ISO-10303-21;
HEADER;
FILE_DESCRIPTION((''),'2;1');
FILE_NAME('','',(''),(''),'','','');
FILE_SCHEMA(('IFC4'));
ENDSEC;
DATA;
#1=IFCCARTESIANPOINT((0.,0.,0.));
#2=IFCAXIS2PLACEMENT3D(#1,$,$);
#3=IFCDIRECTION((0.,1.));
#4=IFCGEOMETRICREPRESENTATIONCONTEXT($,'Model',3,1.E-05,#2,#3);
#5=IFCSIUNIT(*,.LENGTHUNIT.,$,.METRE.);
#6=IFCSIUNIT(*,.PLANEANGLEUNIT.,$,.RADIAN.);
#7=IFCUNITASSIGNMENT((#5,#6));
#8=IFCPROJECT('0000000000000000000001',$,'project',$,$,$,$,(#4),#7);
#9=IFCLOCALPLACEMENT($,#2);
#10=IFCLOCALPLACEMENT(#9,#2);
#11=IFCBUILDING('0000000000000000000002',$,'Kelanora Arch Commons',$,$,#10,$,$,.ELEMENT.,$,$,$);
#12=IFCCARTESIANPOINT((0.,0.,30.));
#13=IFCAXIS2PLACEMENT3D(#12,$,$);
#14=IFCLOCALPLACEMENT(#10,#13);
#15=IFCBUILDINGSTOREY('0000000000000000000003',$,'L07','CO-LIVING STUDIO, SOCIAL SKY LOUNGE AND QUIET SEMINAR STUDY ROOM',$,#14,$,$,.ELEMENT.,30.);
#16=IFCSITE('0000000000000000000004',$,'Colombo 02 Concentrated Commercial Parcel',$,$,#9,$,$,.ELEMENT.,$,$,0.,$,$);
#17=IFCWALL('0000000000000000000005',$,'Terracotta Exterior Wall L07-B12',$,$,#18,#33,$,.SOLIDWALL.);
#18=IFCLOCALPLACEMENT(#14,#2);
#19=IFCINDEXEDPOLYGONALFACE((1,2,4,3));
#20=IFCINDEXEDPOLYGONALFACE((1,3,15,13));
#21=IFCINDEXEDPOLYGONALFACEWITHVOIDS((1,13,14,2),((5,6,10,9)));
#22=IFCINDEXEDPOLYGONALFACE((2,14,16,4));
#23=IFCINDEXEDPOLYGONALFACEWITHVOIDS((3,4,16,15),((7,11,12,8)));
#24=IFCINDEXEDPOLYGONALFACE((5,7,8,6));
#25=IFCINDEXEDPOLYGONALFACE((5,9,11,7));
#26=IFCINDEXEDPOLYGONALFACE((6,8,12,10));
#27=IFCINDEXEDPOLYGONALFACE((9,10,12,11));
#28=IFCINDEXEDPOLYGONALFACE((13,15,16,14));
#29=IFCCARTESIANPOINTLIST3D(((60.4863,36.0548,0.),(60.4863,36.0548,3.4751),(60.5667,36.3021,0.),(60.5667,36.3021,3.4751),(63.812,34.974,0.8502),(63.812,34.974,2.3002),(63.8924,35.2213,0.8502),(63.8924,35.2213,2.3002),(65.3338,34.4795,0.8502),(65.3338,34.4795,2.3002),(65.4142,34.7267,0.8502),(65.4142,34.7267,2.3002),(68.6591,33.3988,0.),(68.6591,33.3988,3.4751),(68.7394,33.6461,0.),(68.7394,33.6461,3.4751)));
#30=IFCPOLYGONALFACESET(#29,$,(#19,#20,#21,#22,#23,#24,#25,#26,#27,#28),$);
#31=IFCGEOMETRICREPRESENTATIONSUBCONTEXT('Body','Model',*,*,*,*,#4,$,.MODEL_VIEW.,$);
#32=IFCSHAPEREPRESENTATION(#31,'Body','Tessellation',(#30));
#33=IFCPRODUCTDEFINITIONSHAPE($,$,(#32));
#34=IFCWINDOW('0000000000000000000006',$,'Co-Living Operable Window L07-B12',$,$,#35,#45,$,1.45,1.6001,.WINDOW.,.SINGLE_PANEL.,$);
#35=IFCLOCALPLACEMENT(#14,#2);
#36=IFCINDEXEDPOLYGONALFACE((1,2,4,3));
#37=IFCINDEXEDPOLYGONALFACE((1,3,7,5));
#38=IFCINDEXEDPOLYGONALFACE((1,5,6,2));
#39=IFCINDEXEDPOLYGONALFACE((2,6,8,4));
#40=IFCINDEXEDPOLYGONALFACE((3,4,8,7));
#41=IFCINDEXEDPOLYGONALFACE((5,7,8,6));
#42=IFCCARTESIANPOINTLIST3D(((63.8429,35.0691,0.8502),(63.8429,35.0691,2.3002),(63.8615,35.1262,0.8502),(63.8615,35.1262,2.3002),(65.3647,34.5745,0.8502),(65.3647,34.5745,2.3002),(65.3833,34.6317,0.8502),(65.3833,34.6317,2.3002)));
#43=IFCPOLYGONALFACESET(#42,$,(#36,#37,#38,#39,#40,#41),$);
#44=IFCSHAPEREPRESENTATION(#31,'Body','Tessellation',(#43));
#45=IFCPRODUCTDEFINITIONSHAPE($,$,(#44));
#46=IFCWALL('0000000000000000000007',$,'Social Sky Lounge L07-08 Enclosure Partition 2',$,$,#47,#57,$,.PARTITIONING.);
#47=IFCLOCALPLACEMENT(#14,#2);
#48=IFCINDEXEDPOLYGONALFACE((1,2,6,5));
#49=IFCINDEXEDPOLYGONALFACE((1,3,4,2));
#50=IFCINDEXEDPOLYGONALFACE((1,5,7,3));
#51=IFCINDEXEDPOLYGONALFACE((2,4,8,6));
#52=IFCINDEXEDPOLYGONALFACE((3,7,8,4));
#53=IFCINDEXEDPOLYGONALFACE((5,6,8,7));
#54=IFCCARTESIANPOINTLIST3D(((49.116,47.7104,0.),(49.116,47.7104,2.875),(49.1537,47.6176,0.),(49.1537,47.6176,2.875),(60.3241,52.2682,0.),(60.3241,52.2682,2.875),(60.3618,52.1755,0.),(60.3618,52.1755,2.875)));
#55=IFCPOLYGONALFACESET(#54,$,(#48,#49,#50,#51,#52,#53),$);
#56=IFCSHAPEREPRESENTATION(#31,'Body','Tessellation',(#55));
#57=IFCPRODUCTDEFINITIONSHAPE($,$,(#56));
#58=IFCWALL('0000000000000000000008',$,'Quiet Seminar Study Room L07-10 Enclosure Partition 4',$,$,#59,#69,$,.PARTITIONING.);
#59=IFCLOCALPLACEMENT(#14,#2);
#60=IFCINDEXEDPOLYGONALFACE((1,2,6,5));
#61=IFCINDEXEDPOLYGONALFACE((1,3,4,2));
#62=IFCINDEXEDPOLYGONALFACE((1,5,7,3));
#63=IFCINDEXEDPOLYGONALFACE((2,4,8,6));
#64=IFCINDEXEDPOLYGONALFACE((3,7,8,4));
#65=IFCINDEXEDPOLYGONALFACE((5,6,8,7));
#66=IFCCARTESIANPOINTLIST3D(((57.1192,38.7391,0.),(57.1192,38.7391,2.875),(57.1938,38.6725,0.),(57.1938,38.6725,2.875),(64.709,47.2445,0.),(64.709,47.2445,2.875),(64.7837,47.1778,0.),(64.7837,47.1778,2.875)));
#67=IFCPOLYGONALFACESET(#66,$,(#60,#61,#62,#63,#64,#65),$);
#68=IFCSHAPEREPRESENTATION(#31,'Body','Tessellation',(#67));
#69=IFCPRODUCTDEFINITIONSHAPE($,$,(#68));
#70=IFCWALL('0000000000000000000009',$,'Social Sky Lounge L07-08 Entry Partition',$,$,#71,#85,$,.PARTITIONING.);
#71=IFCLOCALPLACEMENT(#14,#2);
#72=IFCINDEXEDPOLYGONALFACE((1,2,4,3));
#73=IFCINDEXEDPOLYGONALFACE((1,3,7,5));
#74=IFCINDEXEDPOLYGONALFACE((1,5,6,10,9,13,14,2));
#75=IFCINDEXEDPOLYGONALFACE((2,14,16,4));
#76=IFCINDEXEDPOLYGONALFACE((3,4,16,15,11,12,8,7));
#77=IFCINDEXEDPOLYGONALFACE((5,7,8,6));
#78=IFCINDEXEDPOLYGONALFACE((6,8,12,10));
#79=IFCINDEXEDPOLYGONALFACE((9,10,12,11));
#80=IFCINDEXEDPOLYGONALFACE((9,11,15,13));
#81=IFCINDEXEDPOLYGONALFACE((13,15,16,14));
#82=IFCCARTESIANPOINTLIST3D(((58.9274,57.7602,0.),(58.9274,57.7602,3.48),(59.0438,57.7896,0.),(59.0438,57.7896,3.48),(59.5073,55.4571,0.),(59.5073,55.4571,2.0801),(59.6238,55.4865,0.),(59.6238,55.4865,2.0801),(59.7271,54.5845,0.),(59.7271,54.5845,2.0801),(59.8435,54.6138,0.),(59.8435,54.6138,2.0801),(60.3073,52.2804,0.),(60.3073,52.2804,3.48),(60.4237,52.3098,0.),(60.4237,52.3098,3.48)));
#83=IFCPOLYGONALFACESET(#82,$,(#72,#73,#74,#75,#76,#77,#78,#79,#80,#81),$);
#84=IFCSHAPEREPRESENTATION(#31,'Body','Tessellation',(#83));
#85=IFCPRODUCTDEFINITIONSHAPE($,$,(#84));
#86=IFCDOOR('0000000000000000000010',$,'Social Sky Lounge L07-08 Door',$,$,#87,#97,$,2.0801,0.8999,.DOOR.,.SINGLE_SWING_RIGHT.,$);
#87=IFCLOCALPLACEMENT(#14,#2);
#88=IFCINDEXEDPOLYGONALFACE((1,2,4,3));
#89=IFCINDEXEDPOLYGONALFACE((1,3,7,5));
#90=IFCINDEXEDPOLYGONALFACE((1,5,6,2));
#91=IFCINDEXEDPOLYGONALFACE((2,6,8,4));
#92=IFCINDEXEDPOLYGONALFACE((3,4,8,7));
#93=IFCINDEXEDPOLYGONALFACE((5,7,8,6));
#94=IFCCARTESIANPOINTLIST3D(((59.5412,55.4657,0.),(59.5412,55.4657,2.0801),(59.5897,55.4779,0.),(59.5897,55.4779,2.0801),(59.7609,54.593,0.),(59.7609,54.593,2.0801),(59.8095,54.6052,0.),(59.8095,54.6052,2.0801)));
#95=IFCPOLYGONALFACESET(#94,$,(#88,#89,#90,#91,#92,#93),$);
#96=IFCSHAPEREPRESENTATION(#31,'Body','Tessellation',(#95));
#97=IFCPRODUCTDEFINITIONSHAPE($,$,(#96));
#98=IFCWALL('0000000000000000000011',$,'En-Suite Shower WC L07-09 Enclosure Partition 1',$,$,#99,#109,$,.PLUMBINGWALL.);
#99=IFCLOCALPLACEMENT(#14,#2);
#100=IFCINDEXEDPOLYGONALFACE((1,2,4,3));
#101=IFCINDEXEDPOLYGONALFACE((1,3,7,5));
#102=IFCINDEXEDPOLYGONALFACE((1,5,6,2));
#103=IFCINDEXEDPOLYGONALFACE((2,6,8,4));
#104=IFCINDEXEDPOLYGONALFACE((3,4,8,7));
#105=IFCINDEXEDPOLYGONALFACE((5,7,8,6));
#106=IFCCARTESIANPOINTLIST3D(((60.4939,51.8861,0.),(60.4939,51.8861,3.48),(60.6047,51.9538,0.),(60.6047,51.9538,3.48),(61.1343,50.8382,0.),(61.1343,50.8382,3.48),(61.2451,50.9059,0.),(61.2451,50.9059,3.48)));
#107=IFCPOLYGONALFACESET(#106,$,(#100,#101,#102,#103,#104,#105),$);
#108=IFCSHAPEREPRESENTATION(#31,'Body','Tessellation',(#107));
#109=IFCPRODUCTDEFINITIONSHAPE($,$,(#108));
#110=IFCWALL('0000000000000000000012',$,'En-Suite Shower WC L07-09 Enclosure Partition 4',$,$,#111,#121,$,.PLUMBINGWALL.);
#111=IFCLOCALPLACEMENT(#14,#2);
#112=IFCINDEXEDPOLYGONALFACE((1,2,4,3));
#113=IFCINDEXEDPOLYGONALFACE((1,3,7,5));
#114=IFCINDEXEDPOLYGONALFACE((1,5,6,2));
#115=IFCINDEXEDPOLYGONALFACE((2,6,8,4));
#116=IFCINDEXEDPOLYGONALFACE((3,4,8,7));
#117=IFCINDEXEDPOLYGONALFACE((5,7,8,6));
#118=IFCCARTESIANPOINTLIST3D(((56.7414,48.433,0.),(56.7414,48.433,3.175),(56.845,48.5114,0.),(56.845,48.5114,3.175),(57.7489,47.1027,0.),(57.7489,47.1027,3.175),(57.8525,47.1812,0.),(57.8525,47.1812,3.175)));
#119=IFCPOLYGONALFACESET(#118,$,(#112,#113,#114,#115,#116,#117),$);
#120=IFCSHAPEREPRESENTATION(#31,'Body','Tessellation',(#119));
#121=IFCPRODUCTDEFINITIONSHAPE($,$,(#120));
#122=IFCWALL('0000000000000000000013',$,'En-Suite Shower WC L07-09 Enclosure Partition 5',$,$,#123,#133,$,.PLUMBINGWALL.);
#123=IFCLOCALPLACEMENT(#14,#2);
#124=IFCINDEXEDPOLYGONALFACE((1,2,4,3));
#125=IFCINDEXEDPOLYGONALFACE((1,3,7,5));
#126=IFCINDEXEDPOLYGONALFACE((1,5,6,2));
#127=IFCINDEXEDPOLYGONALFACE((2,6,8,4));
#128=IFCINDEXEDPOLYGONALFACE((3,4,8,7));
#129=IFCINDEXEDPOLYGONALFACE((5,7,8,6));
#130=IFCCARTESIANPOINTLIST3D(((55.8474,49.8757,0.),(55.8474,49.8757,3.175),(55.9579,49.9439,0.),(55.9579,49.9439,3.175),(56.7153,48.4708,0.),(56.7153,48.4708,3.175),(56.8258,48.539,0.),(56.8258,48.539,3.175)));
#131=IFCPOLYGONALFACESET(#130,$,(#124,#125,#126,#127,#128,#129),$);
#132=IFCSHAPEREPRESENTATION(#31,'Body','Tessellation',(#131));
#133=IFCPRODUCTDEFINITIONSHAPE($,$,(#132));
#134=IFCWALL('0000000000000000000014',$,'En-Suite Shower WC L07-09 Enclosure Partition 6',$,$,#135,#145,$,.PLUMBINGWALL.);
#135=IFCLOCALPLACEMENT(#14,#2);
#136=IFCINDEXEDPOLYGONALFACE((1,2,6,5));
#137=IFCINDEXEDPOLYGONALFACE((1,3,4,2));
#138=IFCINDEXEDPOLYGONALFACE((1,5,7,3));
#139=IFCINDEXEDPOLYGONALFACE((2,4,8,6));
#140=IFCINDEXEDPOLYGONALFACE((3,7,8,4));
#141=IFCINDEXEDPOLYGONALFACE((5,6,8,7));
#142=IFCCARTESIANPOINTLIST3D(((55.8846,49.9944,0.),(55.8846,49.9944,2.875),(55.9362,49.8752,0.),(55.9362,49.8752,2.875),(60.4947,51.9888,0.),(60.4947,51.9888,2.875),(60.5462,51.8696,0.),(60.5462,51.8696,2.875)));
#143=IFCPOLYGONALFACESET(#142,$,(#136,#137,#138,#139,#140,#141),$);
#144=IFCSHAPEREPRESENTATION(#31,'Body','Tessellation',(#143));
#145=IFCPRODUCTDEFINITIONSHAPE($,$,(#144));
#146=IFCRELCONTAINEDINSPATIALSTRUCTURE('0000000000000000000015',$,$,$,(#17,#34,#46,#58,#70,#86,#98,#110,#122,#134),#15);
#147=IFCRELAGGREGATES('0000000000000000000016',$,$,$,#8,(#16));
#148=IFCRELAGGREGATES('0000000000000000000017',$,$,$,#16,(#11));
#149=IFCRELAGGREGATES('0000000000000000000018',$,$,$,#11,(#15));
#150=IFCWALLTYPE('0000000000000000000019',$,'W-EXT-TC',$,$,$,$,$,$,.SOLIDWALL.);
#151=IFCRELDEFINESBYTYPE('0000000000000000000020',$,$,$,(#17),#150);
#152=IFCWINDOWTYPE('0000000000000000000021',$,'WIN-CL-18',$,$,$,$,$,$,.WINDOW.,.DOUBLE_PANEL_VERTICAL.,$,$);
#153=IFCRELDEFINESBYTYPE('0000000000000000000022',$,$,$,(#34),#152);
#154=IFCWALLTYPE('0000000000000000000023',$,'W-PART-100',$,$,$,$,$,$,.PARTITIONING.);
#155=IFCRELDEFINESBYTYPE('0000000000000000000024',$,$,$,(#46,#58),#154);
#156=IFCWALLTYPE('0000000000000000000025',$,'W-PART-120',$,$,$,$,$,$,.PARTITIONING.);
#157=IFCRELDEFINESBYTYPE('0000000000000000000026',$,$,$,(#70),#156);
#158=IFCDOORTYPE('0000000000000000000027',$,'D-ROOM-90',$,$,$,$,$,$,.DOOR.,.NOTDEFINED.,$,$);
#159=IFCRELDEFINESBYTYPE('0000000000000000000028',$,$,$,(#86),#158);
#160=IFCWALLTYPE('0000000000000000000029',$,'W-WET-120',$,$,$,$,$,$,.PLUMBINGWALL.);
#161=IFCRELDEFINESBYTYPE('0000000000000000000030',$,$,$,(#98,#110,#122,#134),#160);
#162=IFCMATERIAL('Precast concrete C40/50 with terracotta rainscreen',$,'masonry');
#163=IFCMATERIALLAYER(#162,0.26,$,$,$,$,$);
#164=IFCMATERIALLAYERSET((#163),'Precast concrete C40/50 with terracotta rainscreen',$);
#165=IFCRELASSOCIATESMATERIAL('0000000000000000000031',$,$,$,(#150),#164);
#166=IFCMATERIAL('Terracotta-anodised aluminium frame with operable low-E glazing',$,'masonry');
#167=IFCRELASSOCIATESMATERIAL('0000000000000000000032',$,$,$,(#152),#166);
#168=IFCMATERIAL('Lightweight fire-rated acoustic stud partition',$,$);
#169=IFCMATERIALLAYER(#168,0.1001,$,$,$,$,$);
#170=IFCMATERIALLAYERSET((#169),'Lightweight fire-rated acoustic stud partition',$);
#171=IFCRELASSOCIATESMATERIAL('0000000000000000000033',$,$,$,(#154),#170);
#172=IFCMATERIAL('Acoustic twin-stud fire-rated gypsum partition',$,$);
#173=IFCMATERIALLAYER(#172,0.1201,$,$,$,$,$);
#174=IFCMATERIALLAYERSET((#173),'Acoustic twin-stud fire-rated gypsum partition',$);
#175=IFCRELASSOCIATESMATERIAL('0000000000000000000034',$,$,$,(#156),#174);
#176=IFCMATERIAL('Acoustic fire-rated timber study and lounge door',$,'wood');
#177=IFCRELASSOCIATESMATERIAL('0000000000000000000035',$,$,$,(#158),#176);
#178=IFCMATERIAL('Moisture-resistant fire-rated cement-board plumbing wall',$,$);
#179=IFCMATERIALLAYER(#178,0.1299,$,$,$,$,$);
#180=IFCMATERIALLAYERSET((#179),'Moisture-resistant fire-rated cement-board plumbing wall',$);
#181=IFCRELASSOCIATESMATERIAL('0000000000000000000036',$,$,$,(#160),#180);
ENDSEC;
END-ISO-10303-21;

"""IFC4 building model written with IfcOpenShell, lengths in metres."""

from ifc_helpers import new_model, si_unit, direction, frame, frame_2d, origin, place, context, subcontext, project, spatial, rectangle, extrude, material, layer, layer_set, type_object, element, fill, save


model = new_model("IFC4")

# Units and contexts
model_context = context("Model", 3, precision=1e-05, world=origin(), true_north=direction((0.0, 1.0)))
body_context = subcontext(model_context, "Body", "Model", "MODEL_VIEW")
ifc_project = project(units=[si_unit("LENGTHUNIT", "METRE"), si_unit("PLANEANGLEUNIT", "RADIAN")], contexts=[model_context])

# Site, building, storey
site_placement = place(None, origin())
site = spatial("IfcSite", under=ifc_project, at=site_placement, Name="Colombo 02 Concentrated Commercial Parcel", CompositionType="ELEMENT", RefElevation=0.0)
building_placement = place(site_placement, origin())
building = spatial("IfcBuilding", under=site, at=building_placement, Name="Kelanora Arch Commons", CompositionType="ELEMENT")
storey_placement = place(building_placement, frame((0.0, 0.0, 30.0)))
storey = spatial("IfcBuildingStorey", under=building, at=storey_placement, Name="L07", Description="CO-LIVING STUDIO, SOCIAL SKY LOUNGE AND QUIET SEMINAR STUDY ROOM", CompositionType="ELEMENT", Elevation=30.0)

# Wall, opening, window
ifc_material_1 = material(Name="Precast concrete C40/50 with terracotta rainscreen", Category="masonry")
ifc_layer_1 = layer(ifc_material_1, 0.26)
ifc_layer_set_1 = layer_set([ifc_layer_1], Name="Precast concrete C40/50 with terracotta rainscreen")
wall_type_1 = type_object("IfcWallType", Name="W-EXT-TC", PredefinedType="SOLIDWALL", material=ifc_layer_set_1)
ifc_material_2 = material(Name="Terracotta-anodised aluminium frame with operable low-E glazing", Category="masonry")
window_type = type_object("IfcWindowType", Name="WIN-CL-18", PartitioningType="DOUBLE_PANEL_VERTICAL", PredefinedType="WINDOW", material=ifc_material_2)
wall_1_placement = place(storey_placement, frame((60.5264, 36.1785, 0.0), z_axis=(0.0, 0.0, 1.0), x_axis=(0.95104, -0.309068, 0.0)))
wall_1 = element("IfcWall", 1, at=wall_1_placement, inside=storey, type_object=wall_type_1, Name="Terracotta Exterior Wall L07-B12", PredefinedType="SOLIDWALL", context=body_context, shape_type="SweptSolid", body=[
    extrude(rectangle(XDim=8.5935, YDim=0.26, at=frame_2d((4.2969, 0.0))), origin(), (0.0, 0.0, 1.0), 3.4751),
])
opening_1_placement = place(wall_1_placement, frame((3.4971, 0.0, 0.8501)))
opening_1 = element("IfcOpeningElement", 2, at=opening_1_placement, cuts=wall_1, PredefinedType="OPENING", context=body_context, shape_type="SweptSolid", body=[
    extrude(rectangle(XDim=1.6001, YDim=1.45, at=frame_2d((0.8, 0.7251))), frame((0.0, 0.1401, 0.0), z_axis=(0.0, -1.0, 0.0), x_axis=(1.0, 0.0, 0.0)), (0.0, 0.0, 1.0), 0.28),
])
window_1_placement = place(opening_1_placement, origin())
window_1 = element("IfcWindow", 3, at=window_1_placement, inside=storey, type_object=window_type, Name="Co-Living Operable Window L07-B12", OverallHeight=1.45, OverallWidth=1.6001, PartitioningType="SINGLE_PANEL", PredefinedType="WINDOW", context=body_context, shape_type="SweptSolid", body=[
    extrude(rectangle(XDim=1.6001, YDim=1.45, at=frame_2d((0.8, 0.7251))), frame((0.0, 0.03, 0.0), z_axis=(0.0, -1.0, 0.0), x_axis=(1.0, 0.0, 0.0)), (0.0, 0.0, 1.0), 0.0601),
])
fill(opening_1, window_1)

# Walls
ifc_material_3 = material(Name="Lightweight fire-rated acoustic stud partition")
ifc_layer_2 = layer(ifc_material_3, 0.1001)
ifc_layer_set_2 = layer_set([ifc_layer_2], Name="Lightweight fire-rated acoustic stud partition")
wall_type_2 = type_object("IfcWallType", Name="W-PART-100", PredefinedType="PARTITIONING", material=ifc_layer_set_2)
wall_2_placement = place(storey_placement, frame((60.343, 52.2219, 0.0), z_axis=(0.0, 0.0, 1.0), x_axis=(-0.926334, -0.376704, 0.0)))
element("IfcWall", 4, at=wall_2_placement, inside=storey, type_object=wall_type_2, Name="Social Sky Lounge L07-08 Enclosure Partition 2", PredefinedType="PARTITIONING", context=body_context, shape_type="SweptSolid", body=[
    extrude(rectangle(XDim=12.0994, YDim=0.1001, at=frame_2d((6.0498, 0.0))), origin(), (0.0, 0.0, 1.0), 2.875),
])
wall_3_placement = place(storey_placement, frame((57.1565, 38.7058, 0.0), z_axis=(0.0, 0.0, 1.0), x_axis=(0.665809, 0.746122, 0.0)))
element("IfcWall", 5, at=wall_3_placement, inside=storey, type_object=wall_type_2, Name="Quiet Seminar Study Room L07-10 Enclosure Partition 4", PredefinedType="PARTITIONING", context=body_context, shape_type="SweptSolid", body=[
    extrude(rectangle(XDim=11.3994, YDim=0.1001, at=frame_2d((5.6997, 0.0))), origin(), (0.0, 0.0, 1.0), 2.875),
])

# Wall, opening, door
ifc_material_4 = material(Name="Acoustic twin-stud fire-rated gypsum partition")
ifc_layer_3 = layer(ifc_material_4, 0.1201)
ifc_layer_set_3 = layer_set([ifc_layer_3], Name="Acoustic twin-stud fire-rated gypsum partition")
wall_type_3 = type_object("IfcWallType", Name="W-PART-120", PredefinedType="PARTITIONING", material=ifc_layer_set_3)
wall_4_placement = place(storey_placement, frame((58.9856, 57.7749, 0.0), z_axis=(0.0, 0.0, 1.0), x_axis=(0.244192, -0.969727, 0.0)))
wall_4 = element("IfcWall", 6, at=wall_4_placement, inside=storey, type_object=wall_type_3, Name="Social Sky Lounge L07-08 Entry Partition", PredefinedType="PARTITIONING", context=body_context, shape_type="SweptSolid", body=[
    extrude(rectangle(XDim=5.6509, YDim=0.1201, at=frame_2d((2.8254, 0.0))), origin(), (0.0, 0.0, 1.0), 3.48),
])
opening_2_placement = place(wall_4_placement, frame((2.375, 0.0, 0.0)))
opening_2 = element("IfcOpeningElement", 7, at=opening_2_placement, cuts=wall_4, PredefinedType="OPENING", context=body_context, shape_type="SweptSolid", body=[
    extrude(rectangle(XDim=0.8999, YDim=2.0801, at=frame_2d((0.45, 1.04))), frame((0.0, 0.0701, 0.0), z_axis=(0.0, -1.0, 0.0), x_axis=(1.0, 0.0, 0.0)), (0.0, 0.0, 1.0), 0.1401),
])
ifc_material_5 = material(Name="Acoustic fire-rated timber study and lounge door", Category="wood")
door_type = type_object("IfcDoorType", Name="D-ROOM-90", OperationType="NOTDEFINED", PredefinedType="DOOR", material=ifc_material_5)
door_placement = place(opening_2_placement, origin())
door = element("IfcDoor", 8, at=door_placement, inside=storey, type_object=door_type, Name="Social Sky Lounge L07-08 Door", OperationType="SINGLE_SWING_RIGHT", OverallHeight=2.0801, OverallWidth=0.8999, PredefinedType="DOOR", context=body_context, shape_type="SweptSolid", body=[
    extrude(rectangle(XDim=0.8999, YDim=2.0801, at=frame_2d((0.45, 1.04))), frame((0.0, 0.0249, 0.0), z_axis=(0.0, -1.0, 0.0), x_axis=(1.0, 0.0, 0.0)), (0.0, 0.0, 1.0), 0.05),
])
fill(opening_2, door)

# Walls
ifc_material_6 = material(Name="Moisture-resistant fire-rated cement-board plumbing wall")
ifc_layer_4 = layer(ifc_material_6, 0.1299)
ifc_layer_set_4 = layer_set([ifc_layer_4], Name="Moisture-resistant fire-rated cement-board plumbing wall")
wall_type_4 = type_object("IfcWallType", Name="W-WET-120", PredefinedType="PLUMBINGWALL", material=ifc_layer_set_4)
wall_5_placement = place(storey_placement, frame((60.5493, 51.9199, 0.0), z_axis=(0.0, 0.0, 1.0), x_axis=(0.521466, -0.853272, 0.0)))
element("IfcWall", 9, at=wall_5_placement, inside=storey, type_object=wall_type_4, Name="En-Suite Shower WC L07-09 Enclosure Partition 1", PredefinedType="PLUMBINGWALL", context=body_context, shape_type="SweptSolid", body=[
    extrude(rectangle(XDim=1.228, YDim=0.1299, at=frame_2d((0.614, 0.0))), origin(), (0.0, 0.0, 1.0), 3.48),
])
wall_6_placement = place(storey_placement, frame((57.8008, 47.1418, 0.0), z_axis=(0.0, 0.0, 1.0), x_axis=(-0.603762, 0.797165, 0.0)))
element("IfcWall", 10, at=wall_6_placement, inside=storey, type_object=wall_type_4, Name="En-Suite Shower WC L07-09 Enclosure Partition 4", PredefinedType="PLUMBINGWALL", context=body_context, shape_type="SweptSolid", body=[
    extrude(rectangle(XDim=1.6687, YDim=0.1299, at=frame_2d((0.8345, 0.0))), origin(), (0.0, 0.0, 1.0), 3.175),
])
wall_7_placement = place(storey_placement, frame((56.7705, 48.5049, 0.0), z_axis=(0.0, 0.0, 1.0), x_axis=(-0.52554, 0.850769, 0.0)))
element("IfcWall", 11, at=wall_7_placement, inside=storey, type_object=wall_type_4, Name="En-Suite Shower WC L07-09 Enclosure Partition 5", PredefinedType="PLUMBINGWALL", context=body_context, shape_type="SweptSolid", body=[
    extrude(rectangle(XDim=1.6514, YDim=0.1299, at=frame_2d((0.8257, 0.0))), origin(), (0.0, 0.0, 1.0), 3.175),
])
wall_8_placement = place(storey_placement, frame((55.9104, 49.9348, 0.0), z_axis=(0.0, 0.0, 1.0), x_axis=(0.917797, 0.397049, 0.0)))
element("IfcWall", 12, at=wall_8_placement, inside=storey, type_object=wall_type_4, Name="En-Suite Shower WC L07-09 Enclosure Partition 6", PredefinedType="PLUMBINGWALL", context=body_context, shape_type="SweptSolid", body=[
    extrude(rectangle(XDim=5.0229, YDim=0.1299, at=frame_2d((2.5115, 0.0))), origin(), (0.0, 0.0, 1.0), 2.875),
])

save(model, "model.ifc")
